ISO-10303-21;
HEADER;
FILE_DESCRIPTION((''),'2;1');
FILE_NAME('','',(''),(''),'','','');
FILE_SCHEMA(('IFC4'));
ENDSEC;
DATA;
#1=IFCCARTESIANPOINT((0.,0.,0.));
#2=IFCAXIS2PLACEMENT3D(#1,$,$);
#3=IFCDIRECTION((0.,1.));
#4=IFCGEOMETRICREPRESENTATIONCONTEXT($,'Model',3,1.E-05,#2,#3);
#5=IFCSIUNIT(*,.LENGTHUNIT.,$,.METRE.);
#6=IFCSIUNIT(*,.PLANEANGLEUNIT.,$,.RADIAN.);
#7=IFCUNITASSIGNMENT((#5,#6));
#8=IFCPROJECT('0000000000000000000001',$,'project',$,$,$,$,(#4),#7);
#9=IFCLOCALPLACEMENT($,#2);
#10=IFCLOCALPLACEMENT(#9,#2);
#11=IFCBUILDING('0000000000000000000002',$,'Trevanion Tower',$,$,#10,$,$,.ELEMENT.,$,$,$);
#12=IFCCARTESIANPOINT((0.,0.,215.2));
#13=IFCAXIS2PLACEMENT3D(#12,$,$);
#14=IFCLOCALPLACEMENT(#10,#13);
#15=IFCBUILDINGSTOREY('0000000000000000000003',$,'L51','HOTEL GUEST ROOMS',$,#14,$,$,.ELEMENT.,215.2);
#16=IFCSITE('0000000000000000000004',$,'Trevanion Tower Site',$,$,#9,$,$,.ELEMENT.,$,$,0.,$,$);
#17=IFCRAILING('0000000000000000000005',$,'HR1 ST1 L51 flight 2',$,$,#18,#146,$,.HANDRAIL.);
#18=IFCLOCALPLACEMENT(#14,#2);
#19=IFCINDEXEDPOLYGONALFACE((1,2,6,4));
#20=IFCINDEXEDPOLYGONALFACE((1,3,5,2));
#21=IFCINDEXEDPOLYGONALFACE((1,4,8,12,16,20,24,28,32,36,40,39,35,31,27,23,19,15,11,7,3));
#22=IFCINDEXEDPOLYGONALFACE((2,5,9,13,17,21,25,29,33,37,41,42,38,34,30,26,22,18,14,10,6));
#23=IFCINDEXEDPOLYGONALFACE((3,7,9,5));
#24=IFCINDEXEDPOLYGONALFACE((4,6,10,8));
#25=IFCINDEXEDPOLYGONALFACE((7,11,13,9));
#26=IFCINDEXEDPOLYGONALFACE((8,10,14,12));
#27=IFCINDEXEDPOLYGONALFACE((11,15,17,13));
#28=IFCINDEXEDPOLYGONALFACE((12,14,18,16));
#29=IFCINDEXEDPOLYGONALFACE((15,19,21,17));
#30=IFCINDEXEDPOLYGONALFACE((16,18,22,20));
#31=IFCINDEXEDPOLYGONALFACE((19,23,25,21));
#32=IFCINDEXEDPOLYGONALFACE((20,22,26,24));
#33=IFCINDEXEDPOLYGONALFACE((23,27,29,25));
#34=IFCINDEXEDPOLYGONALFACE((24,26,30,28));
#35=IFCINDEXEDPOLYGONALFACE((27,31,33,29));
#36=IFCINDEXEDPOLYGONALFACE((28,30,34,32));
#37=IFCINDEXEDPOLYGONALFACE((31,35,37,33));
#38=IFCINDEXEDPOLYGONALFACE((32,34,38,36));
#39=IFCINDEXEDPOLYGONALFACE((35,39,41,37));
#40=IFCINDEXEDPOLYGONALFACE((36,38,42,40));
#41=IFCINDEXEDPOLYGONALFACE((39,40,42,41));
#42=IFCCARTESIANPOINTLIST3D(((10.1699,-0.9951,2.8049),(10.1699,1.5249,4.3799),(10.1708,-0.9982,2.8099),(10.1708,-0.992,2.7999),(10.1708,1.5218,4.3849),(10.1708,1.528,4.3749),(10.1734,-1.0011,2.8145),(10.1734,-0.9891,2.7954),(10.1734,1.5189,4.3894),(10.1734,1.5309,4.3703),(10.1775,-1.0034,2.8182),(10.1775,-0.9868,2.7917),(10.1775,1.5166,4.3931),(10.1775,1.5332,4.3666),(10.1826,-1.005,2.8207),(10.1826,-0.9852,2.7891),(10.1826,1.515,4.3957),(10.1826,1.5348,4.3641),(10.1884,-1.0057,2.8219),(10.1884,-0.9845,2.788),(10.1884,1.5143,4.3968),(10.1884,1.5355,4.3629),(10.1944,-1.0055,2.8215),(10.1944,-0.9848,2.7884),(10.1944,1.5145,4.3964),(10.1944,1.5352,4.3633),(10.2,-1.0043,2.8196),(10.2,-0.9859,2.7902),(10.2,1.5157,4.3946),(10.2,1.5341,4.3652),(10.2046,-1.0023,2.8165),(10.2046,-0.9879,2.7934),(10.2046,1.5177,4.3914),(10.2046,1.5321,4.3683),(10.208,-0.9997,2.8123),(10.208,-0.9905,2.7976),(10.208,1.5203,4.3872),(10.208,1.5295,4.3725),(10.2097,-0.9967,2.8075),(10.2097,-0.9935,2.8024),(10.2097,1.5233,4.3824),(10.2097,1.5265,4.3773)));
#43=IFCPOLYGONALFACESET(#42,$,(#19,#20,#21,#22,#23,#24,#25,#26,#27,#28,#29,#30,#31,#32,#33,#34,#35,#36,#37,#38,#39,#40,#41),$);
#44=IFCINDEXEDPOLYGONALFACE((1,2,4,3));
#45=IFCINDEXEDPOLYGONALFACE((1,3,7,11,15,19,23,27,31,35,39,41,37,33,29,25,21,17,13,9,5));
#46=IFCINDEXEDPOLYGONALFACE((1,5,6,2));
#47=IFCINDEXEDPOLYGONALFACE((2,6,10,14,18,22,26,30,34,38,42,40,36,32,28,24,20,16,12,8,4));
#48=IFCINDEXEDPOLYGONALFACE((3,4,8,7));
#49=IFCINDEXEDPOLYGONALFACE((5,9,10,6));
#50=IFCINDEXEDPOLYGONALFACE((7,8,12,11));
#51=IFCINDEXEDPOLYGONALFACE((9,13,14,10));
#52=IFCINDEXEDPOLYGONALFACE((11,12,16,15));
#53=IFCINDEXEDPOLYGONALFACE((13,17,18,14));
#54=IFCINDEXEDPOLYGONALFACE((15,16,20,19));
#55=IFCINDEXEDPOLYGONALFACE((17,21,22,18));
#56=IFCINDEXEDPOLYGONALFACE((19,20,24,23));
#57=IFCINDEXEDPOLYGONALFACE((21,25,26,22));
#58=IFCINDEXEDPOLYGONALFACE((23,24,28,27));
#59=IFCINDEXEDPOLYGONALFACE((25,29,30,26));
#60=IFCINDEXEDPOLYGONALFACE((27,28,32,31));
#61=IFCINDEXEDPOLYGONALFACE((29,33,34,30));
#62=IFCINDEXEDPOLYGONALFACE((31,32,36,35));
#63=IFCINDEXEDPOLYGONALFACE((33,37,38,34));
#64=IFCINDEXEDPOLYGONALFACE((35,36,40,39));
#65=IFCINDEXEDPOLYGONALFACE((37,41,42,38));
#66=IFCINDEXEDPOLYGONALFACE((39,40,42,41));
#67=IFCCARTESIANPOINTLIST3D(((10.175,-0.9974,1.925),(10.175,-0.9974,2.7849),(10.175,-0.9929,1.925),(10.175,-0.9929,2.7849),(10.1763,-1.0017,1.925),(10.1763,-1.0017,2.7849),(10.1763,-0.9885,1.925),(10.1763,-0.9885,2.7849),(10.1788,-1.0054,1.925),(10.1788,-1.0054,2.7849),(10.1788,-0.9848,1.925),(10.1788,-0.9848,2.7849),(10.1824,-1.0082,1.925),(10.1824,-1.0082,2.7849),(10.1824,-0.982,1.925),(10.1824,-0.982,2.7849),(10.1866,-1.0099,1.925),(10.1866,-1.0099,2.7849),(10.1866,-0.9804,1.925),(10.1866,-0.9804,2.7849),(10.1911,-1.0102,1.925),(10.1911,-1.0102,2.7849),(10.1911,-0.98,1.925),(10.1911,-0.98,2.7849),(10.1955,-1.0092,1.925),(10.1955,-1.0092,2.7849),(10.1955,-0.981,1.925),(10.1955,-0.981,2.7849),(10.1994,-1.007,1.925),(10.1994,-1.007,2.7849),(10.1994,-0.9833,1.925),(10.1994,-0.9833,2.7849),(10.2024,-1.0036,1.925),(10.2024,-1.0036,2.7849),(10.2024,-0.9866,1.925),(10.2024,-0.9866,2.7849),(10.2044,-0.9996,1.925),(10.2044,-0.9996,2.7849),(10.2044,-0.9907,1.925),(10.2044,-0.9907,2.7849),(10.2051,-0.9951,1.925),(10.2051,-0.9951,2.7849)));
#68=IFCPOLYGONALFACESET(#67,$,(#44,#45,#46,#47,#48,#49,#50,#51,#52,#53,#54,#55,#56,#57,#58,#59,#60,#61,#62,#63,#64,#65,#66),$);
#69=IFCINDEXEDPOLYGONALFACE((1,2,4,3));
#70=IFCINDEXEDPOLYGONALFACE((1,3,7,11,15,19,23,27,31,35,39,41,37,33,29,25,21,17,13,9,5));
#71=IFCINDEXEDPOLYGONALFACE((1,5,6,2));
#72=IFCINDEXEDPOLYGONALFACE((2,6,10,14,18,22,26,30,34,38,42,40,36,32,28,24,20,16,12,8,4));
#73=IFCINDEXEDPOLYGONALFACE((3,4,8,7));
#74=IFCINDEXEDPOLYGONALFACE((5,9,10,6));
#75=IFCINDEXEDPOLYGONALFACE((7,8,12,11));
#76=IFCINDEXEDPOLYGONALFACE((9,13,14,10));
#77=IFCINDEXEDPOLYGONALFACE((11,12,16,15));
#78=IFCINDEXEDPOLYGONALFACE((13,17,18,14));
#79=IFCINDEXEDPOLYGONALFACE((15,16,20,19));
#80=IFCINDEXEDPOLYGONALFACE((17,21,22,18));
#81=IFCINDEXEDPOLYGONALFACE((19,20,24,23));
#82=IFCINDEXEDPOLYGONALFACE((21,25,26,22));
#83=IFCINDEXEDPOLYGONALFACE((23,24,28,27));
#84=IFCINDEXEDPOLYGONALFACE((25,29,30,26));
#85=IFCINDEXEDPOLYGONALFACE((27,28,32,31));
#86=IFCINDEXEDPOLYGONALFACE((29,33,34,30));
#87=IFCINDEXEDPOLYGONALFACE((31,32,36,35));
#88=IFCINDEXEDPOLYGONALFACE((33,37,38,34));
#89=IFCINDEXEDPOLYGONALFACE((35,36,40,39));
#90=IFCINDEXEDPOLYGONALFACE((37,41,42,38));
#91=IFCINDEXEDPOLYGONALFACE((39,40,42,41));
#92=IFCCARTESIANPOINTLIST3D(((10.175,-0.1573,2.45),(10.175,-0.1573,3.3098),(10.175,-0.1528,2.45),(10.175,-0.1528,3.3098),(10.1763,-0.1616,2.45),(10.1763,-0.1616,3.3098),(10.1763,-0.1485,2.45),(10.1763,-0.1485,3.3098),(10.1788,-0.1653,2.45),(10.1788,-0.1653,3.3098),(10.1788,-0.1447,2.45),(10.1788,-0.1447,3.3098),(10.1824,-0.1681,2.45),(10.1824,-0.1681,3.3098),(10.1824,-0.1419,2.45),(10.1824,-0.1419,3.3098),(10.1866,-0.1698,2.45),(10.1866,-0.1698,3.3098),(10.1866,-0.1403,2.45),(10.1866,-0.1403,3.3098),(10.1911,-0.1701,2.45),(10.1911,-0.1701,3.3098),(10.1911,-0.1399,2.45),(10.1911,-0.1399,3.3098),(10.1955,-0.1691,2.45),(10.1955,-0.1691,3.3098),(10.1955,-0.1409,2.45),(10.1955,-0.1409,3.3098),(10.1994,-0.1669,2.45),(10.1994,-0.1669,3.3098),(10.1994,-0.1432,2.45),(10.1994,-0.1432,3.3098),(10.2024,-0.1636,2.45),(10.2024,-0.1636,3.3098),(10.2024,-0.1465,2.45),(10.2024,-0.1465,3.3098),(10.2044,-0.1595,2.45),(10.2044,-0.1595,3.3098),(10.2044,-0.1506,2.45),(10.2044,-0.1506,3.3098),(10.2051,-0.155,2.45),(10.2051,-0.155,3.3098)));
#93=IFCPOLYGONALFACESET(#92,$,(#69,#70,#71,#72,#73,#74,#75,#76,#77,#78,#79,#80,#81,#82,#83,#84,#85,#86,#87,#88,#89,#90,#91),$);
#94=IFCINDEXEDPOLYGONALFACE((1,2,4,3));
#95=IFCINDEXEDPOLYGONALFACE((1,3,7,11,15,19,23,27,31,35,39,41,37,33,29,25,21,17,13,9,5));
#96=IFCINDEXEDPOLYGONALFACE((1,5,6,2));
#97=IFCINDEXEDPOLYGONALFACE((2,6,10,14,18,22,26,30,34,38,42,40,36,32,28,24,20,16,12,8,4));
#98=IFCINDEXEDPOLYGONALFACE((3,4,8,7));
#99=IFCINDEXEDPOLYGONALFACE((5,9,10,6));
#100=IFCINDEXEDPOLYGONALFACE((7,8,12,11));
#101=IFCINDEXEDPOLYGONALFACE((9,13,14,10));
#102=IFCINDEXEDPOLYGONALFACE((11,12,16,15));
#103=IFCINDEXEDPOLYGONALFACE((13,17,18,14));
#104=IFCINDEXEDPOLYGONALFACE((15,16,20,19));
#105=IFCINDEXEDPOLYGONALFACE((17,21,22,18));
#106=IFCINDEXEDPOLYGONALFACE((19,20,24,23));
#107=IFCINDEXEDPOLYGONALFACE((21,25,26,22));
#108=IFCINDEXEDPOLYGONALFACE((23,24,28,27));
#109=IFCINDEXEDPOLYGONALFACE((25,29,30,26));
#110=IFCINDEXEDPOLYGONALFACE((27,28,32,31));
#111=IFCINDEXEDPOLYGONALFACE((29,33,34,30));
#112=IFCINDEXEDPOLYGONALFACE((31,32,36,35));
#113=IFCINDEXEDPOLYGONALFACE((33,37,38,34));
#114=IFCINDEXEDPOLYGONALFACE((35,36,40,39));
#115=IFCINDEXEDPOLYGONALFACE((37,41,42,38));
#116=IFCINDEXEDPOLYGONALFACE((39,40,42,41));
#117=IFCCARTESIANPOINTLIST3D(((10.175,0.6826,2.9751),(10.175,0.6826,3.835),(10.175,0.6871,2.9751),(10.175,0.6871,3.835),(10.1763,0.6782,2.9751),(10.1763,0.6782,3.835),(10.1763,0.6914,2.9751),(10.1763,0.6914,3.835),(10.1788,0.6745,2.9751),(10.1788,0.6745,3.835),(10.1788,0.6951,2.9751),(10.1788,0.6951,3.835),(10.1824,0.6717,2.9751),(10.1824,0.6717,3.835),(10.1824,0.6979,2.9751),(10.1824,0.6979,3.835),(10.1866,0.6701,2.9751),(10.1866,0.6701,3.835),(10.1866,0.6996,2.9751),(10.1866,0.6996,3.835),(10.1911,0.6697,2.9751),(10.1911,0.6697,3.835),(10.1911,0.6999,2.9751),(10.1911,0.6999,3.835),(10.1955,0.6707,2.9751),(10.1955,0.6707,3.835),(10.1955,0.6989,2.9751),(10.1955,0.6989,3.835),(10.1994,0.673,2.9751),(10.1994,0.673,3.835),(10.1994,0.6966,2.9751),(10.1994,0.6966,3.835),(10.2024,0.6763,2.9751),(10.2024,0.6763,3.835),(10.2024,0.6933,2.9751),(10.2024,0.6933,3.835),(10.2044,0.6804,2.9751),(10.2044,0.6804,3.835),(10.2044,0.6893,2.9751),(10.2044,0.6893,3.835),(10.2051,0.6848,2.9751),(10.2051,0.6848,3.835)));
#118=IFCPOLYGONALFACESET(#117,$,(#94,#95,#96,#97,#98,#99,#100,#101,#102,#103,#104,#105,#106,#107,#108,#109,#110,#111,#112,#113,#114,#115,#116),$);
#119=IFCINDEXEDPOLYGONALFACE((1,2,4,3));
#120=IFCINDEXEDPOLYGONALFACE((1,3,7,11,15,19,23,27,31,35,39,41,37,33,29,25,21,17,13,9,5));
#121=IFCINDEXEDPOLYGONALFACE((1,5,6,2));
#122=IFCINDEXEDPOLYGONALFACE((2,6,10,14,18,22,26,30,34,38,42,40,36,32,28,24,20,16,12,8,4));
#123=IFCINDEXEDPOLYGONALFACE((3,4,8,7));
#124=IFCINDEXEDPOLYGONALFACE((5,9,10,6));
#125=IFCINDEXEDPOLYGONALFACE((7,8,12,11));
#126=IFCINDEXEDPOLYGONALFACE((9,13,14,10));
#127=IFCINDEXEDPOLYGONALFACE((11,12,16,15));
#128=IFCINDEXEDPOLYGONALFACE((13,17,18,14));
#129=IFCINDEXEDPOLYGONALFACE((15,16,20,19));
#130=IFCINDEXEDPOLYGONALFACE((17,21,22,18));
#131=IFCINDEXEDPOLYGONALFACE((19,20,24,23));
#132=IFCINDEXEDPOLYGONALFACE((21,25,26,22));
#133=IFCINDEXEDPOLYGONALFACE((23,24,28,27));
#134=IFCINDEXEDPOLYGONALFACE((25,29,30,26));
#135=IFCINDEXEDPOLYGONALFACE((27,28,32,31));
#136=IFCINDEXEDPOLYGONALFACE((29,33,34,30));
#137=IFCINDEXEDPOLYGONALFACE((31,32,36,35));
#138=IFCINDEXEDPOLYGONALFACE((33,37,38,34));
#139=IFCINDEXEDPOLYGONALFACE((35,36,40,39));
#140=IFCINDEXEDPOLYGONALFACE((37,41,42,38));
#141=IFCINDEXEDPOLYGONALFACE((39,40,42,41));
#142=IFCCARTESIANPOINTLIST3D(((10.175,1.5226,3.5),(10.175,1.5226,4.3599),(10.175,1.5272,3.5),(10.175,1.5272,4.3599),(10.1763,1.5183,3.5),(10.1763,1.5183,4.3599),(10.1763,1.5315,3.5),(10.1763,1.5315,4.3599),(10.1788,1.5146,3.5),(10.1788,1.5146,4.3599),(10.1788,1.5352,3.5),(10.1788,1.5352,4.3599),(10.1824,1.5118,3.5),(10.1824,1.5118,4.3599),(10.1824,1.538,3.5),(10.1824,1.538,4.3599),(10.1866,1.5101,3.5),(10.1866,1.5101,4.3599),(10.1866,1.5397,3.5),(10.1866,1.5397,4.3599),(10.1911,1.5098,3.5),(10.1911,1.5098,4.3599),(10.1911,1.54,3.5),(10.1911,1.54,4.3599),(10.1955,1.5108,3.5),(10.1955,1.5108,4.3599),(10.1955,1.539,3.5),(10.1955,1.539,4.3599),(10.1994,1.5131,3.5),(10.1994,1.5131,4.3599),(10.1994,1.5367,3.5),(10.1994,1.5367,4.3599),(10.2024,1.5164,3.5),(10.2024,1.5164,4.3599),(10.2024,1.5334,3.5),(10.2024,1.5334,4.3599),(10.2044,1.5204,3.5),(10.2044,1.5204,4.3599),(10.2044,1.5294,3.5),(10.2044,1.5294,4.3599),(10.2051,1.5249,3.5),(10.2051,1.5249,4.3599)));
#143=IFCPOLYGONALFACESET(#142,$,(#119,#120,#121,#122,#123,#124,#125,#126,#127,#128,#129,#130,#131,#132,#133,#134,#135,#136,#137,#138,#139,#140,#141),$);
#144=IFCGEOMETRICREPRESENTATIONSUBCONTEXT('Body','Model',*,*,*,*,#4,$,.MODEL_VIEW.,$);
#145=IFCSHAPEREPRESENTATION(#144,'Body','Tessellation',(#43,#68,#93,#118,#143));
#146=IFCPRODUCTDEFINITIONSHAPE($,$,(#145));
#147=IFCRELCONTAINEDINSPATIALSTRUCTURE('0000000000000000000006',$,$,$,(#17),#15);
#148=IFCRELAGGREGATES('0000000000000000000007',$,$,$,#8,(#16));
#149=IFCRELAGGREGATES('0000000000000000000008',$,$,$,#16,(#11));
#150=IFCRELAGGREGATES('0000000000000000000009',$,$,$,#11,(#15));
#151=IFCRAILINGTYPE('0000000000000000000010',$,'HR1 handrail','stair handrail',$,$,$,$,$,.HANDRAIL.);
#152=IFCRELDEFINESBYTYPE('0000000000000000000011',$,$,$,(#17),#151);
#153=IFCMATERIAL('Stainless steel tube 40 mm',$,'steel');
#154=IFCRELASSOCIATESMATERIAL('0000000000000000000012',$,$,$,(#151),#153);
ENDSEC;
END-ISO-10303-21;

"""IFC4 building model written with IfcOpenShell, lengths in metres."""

from ifc_helpers import new_model, si_unit, direction, frame, origin, origin_2d, place, context, subcontext, project, spatial, circle, extrude, material, type_object, element, save


model = new_model("IFC4")

# Units and contexts
model_context = context("Model", 3, precision=1e-05, world=origin(), true_north=direction((0.0, 1.0)))
body_context = subcontext(model_context, "Body", "Model", "MODEL_VIEW")
ifc_project = project(units=[si_unit("LENGTHUNIT", "METRE"), si_unit("PLANEANGLEUNIT", "RADIAN")], contexts=[model_context])

# Site, building, storey
site_placement = place(None, origin())
site = spatial("IfcSite", under=ifc_project, at=site_placement, Name="Trevanion Tower Site", CompositionType="ELEMENT", RefElevation=0.0)
building_placement = place(site_placement, origin())
building = spatial("IfcBuilding", under=site, at=building_placement, Name="Trevanion Tower", CompositionType="ELEMENT")
storey_placement = place(building_placement, frame((0.0, 0.0, 215.2)))
storey = spatial("IfcBuildingStorey", under=building, at=storey_placement, Name="L51", Description="HOTEL GUEST ROOMS", CompositionType="ELEMENT", Elevation=215.2)

# Railing
ifc_material_1 = material(Name="Stainless steel tube 40 mm", Category="steel")
railing_type = type_object("IfcRailingType", Name="HR1 handrail", Description="stair handrail", PredefinedType="HANDRAIL", material=ifc_material_1)
for number, where, name in (
    (1, (10.1899, -0.9951, 1.925), "HR1 ST1 L51 flight 2"),
):
    element("IfcRailing", number, at=place(storey_placement, frame(where)), inside=storey, type_object=railing_type, Name=name, PredefinedType="HANDRAIL", context=body_context, shape_type="SweptSolid", body=[
        extrude(circle(Radius=0.02, at=origin_2d()), frame((0.0, 0.0, 0.8799), z_axis=(0.0, 0.848008, 0.529984), x_axis=(-1.0, 0.0, 0.0)), (0.0, 0.0, 1.0), 2.9717),
        extrude(circle(Radius=0.0151, at=origin_2d()), origin(), (0.0, 0.0, 1.0), 0.8599),
        extrude(circle(Radius=0.0151, at=origin_2d()), frame((0.0, 0.8401, 0.5249)), (0.0, 0.0, 1.0), 0.8599),
        extrude(circle(Radius=0.0151, at=origin_2d()), frame((0.0, 1.6799, 1.05)), (0.0, 0.0, 1.0), 0.8599),
        extrude(circle(Radius=0.0151, at=origin_2d()), frame((0.0, 2.52, 1.575)), (0.0, 0.0, 1.0), 0.8599),
    ])

save(model, "model.ifc")
